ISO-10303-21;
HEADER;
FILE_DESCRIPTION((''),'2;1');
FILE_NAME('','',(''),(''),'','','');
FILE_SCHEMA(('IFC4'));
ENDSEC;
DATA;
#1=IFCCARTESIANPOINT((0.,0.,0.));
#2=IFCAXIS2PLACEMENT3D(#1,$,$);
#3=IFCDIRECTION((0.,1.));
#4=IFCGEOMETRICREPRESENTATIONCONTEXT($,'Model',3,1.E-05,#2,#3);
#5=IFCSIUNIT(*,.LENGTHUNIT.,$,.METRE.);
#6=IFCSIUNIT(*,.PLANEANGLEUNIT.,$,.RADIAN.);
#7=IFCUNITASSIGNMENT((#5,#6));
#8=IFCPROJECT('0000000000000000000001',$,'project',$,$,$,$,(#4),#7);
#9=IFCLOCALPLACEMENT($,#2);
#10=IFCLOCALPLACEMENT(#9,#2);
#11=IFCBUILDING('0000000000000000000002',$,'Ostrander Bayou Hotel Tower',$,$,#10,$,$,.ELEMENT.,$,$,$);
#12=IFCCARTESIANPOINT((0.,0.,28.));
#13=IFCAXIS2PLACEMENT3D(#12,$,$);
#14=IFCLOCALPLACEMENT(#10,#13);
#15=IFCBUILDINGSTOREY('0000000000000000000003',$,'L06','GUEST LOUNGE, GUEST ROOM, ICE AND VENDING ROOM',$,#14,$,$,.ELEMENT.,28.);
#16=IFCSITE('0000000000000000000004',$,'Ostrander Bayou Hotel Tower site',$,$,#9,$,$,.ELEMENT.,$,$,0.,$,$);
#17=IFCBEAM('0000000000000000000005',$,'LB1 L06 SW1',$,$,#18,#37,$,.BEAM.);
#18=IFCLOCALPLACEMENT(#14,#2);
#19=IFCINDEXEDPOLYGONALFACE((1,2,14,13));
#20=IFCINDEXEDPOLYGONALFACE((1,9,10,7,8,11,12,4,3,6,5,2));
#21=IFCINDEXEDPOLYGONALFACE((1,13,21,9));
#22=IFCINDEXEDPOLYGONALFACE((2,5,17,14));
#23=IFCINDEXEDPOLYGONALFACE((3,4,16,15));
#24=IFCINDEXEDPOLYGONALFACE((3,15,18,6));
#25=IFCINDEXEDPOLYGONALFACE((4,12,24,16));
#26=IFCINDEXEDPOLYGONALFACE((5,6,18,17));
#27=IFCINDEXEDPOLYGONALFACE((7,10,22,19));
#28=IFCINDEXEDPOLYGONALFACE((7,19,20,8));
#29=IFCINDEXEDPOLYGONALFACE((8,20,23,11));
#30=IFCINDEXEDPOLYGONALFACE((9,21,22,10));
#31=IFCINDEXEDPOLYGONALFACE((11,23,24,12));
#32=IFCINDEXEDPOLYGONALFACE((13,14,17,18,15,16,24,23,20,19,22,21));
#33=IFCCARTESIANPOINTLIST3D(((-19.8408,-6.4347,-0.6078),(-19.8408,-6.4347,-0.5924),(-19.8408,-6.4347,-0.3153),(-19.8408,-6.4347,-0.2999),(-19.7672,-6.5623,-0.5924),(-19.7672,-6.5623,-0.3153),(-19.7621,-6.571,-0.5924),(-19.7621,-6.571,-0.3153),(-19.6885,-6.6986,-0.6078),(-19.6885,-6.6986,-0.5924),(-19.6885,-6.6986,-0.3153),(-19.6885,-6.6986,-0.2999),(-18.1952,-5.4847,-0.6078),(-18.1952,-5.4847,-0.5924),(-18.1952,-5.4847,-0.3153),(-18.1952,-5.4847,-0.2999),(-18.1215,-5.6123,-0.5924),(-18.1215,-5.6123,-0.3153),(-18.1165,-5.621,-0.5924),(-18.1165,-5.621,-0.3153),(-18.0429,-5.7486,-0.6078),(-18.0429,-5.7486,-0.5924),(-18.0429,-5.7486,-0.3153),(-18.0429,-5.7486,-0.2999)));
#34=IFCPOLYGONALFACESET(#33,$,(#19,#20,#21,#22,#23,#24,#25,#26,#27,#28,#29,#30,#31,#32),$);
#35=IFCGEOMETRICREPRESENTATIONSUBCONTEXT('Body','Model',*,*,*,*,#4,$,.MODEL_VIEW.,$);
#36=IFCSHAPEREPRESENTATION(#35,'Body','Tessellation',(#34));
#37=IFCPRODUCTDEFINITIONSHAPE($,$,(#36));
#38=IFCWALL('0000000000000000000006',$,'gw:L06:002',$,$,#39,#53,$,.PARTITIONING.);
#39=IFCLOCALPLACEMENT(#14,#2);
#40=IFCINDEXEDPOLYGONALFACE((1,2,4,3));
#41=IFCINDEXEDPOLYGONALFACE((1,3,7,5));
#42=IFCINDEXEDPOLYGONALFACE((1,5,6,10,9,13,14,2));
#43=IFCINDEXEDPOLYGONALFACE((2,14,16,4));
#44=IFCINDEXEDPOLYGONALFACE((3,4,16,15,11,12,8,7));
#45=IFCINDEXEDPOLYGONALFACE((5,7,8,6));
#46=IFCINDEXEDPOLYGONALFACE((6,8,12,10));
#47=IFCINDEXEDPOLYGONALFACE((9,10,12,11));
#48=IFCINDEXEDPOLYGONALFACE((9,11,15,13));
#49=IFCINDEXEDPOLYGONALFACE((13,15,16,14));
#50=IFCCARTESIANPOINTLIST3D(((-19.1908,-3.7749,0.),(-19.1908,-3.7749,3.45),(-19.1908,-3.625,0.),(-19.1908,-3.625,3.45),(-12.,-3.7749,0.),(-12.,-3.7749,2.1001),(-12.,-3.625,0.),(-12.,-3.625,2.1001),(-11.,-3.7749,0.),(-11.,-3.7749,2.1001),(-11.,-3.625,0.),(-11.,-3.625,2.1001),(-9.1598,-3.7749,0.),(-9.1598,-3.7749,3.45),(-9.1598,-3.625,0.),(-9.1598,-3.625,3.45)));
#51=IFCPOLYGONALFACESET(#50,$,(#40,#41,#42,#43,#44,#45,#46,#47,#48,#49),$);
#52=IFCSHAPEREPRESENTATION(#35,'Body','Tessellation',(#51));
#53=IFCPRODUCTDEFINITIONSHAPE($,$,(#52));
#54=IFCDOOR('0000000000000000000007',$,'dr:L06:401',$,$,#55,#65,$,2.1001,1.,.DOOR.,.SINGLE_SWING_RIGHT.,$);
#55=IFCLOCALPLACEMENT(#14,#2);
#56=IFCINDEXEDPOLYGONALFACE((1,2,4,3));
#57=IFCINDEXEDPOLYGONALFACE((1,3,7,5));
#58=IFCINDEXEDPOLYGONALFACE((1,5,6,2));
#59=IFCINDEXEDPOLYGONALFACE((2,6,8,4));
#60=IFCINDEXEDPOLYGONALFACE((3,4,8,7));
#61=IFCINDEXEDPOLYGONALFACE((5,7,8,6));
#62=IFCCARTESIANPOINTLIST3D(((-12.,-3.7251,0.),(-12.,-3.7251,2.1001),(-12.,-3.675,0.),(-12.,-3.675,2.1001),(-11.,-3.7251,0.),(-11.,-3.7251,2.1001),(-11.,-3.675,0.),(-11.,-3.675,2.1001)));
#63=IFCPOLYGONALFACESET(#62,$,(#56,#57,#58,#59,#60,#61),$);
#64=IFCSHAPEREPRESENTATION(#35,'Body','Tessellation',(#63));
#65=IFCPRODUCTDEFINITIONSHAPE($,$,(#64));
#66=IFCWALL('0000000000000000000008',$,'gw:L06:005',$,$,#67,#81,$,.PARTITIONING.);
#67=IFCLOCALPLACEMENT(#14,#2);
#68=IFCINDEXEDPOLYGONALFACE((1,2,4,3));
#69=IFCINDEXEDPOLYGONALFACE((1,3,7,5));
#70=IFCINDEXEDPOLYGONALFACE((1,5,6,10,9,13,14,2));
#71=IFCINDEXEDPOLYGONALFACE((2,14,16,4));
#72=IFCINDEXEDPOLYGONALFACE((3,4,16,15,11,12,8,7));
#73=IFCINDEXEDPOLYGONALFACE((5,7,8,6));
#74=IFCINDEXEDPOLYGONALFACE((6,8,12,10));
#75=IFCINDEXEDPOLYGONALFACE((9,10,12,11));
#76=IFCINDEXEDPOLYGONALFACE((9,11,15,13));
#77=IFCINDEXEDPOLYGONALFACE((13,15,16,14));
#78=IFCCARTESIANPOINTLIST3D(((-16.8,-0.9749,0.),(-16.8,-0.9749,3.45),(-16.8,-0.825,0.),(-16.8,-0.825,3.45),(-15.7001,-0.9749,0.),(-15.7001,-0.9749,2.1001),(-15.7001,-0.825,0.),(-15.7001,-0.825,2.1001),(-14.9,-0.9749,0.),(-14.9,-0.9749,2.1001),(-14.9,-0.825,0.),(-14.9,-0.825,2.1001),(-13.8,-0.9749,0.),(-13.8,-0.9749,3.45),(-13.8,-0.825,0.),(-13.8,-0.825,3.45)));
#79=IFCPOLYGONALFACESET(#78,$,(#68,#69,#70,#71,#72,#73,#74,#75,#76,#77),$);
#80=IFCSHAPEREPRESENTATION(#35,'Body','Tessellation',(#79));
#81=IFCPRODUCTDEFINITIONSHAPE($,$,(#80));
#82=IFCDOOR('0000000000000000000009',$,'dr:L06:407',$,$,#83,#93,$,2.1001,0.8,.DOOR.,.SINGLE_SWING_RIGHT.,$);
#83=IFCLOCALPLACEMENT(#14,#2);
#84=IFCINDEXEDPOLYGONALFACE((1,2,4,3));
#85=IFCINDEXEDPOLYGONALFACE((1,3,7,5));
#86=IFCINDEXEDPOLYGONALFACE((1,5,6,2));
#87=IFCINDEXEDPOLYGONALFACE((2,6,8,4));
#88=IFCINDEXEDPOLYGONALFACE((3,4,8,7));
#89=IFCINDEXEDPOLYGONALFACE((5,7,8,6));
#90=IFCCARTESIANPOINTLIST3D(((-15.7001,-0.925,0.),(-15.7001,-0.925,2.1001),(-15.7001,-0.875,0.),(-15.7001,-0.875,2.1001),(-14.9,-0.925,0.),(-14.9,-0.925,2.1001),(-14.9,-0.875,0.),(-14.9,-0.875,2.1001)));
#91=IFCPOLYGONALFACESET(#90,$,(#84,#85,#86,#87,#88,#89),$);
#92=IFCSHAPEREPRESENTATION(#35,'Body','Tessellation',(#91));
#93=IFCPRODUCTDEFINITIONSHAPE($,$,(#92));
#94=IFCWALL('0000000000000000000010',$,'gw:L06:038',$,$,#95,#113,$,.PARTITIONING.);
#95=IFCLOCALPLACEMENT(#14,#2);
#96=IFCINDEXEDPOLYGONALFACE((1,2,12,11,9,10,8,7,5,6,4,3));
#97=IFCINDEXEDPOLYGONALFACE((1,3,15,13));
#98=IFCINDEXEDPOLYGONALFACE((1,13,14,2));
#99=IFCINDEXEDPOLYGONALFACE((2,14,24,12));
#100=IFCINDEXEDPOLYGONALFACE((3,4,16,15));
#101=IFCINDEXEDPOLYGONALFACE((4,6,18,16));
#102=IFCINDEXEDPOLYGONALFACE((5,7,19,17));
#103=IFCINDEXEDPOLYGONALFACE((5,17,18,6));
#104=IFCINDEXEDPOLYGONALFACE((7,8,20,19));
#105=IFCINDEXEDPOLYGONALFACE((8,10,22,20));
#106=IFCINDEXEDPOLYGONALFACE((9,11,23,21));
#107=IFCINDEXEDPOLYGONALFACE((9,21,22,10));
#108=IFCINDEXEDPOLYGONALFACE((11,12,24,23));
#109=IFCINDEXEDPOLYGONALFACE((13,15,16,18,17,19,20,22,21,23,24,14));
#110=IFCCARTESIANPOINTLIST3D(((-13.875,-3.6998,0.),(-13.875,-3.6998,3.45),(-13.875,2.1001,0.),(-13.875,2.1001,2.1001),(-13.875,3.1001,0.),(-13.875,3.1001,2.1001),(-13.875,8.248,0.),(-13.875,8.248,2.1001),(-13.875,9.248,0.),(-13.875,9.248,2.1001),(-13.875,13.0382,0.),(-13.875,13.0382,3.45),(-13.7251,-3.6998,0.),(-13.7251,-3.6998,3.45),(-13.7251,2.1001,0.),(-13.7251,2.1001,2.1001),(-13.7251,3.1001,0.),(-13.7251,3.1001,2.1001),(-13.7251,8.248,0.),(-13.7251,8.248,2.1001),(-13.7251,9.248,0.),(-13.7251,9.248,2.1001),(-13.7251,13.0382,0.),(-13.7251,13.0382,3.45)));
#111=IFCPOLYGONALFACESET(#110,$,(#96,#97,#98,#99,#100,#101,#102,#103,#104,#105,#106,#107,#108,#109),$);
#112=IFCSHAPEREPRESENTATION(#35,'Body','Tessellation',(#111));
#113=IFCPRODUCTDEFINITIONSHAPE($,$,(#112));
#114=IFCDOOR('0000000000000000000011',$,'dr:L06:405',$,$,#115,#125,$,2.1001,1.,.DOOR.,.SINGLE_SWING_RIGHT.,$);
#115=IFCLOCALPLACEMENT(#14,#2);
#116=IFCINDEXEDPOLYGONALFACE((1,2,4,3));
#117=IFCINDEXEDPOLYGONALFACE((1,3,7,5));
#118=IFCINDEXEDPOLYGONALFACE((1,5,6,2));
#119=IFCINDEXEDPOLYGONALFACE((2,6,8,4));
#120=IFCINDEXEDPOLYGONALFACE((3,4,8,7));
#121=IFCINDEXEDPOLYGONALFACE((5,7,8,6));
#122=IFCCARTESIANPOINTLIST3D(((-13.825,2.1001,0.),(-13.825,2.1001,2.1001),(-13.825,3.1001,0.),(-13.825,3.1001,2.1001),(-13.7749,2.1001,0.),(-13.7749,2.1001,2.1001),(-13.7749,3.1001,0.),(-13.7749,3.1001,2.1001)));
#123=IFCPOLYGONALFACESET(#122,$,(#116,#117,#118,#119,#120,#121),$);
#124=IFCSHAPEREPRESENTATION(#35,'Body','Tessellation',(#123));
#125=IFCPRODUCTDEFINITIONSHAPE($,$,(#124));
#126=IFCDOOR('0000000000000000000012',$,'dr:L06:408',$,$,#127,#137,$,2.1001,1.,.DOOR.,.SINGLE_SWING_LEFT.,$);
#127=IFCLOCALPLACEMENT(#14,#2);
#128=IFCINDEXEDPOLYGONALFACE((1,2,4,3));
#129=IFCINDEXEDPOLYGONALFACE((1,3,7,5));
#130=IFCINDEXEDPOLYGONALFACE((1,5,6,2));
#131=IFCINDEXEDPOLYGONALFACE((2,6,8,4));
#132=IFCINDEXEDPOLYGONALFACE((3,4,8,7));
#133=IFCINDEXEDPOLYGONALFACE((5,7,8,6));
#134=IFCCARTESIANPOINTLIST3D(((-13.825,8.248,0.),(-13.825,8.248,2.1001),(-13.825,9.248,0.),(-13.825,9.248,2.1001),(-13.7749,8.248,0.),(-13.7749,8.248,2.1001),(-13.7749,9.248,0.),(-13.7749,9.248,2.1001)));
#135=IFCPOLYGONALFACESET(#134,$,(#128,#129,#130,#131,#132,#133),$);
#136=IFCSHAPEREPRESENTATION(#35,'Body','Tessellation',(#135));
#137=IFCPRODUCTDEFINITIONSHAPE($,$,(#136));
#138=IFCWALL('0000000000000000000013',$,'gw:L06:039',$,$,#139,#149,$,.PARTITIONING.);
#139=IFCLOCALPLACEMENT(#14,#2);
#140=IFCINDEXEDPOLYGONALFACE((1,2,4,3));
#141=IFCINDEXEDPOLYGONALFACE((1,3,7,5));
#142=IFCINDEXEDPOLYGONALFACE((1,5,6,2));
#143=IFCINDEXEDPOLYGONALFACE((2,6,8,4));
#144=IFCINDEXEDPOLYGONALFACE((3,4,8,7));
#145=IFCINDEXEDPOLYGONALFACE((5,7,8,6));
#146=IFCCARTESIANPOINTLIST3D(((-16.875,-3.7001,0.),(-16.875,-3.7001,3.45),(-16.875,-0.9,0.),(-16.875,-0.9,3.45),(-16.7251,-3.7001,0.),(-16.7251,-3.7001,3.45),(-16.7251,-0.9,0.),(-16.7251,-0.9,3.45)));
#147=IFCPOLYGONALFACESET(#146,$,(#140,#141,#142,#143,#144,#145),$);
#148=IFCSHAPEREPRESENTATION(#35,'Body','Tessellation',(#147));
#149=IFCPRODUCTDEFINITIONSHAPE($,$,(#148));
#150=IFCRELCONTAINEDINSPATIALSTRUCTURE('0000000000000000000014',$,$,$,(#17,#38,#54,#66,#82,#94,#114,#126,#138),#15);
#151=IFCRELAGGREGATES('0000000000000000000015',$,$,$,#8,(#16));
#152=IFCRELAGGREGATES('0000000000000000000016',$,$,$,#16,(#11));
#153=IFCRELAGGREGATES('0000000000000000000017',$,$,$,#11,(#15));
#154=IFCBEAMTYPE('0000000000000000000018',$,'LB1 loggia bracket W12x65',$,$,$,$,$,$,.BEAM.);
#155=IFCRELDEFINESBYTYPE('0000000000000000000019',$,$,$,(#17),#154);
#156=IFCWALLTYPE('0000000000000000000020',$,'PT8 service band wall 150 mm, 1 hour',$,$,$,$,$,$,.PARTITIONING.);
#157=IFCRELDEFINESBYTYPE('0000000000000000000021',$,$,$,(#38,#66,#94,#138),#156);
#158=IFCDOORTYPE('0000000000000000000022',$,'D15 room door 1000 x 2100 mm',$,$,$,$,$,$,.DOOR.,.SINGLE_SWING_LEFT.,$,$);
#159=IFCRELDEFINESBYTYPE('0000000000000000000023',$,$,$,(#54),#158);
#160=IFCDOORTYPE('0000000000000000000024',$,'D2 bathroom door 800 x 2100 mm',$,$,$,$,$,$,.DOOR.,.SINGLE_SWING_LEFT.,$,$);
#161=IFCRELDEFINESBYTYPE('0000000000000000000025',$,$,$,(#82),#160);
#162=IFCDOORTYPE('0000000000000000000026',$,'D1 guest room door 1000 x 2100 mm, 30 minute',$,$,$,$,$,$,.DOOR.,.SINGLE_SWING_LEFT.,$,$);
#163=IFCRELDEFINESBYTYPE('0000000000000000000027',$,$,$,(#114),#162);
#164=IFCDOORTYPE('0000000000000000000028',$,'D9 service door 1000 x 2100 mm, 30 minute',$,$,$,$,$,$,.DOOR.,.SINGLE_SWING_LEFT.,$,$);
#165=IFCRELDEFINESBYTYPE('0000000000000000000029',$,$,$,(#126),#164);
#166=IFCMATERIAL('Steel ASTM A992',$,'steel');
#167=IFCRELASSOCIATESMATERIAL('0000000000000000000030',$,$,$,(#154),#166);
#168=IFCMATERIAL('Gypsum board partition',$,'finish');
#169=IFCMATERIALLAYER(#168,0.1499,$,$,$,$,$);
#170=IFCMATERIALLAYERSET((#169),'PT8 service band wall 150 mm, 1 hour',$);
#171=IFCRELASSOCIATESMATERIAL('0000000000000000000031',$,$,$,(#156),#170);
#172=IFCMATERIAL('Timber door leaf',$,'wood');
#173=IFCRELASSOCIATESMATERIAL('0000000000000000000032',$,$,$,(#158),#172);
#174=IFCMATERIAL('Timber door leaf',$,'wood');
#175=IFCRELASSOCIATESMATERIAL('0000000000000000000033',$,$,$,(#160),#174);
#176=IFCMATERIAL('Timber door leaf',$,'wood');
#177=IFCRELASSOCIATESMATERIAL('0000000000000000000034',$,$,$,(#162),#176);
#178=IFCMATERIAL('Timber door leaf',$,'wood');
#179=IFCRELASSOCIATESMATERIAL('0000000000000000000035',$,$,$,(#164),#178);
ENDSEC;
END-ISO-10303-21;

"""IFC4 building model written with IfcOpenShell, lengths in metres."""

from ifc_helpers import new_model, si_unit, direction, frame, frame_2d, origin, origin_2d, place, context, subcontext, project, spatial, rectangle, i_section, extrude, material, layer, layer_set, material_profile, profile_set, type_object, element, fill, save


model = new_model("IFC4")

# Units and contexts
model_context = context("Model", 3, precision=1e-05, world=origin(), true_north=direction((0.0, 1.0)))
body_context = subcontext(model_context, "Body", "Model", "MODEL_VIEW")
ifc_project = project(units=[si_unit("LENGTHUNIT", "METRE"), si_unit("PLANEANGLEUNIT", "RADIAN")], contexts=[model_context])

# Site, building, storey
site_placement = place(None, origin())
site = spatial("IfcSite", under=ifc_project, at=site_placement, Name="Ostrander Bayou Hotel Tower site", CompositionType="ELEMENT", RefElevation=0.0)
building_placement = place(site_placement, origin())
building = spatial("IfcBuilding", under=site, at=building_placement, Name="Ostrander Bayou Hotel Tower", CompositionType="ELEMENT")
storey_placement = place(building_placement, frame((0.0, 0.0, 28.0)))
storey = spatial("IfcBuildingStorey", under=building, at=storey_placement, Name="L06", Description="GUEST LOUNGE, GUEST ROOM, ICE AND VENDING ROOM", CompositionType="ELEMENT", Elevation=28.0)

# Beam
ifc_material_1 = material(Name="Steel ASTM A992", Category="steel")
ifc_material_profile = material_profile(ifc_material_1, i_section(OverallWidth=0.3047, OverallDepth=0.3079, WebThickness=0.01, FlangeThickness=0.0154, at=origin_2d()))
ifc_profile_set = profile_set([ifc_material_profile], Name="Steel ASTM A992")
beam_type = type_object("IfcBeamType", Name="LB1 loggia bracket W12x65", PredefinedType="BEAM", material=ifc_profile_set)
beam_placement = place(storey_placement, frame((-19.7646, -6.5667, -0.4539), z_axis=(0.866044, 0.499967, 0.0), x_axis=(-0.499967, 0.866044, 0.0)))
element("IfcBeam", 1, at=beam_placement, inside=storey, type_object=beam_type, Name="LB1 L06 SW1", PredefinedType="BEAM", context=body_context, shape_type="SweptSolid", body=[
    extrude(i_section(OverallWidth=0.3047, OverallDepth=0.3079, WebThickness=0.01, FlangeThickness=0.0154, at=origin_2d()), origin(), (0.0, 0.0, 1.0), 1.9001),
])

# Walls, openings, doors
ifc_material_2 = material(Name="Gypsum board partition", Category="finish")
ifc_layer_1 = layer(ifc_material_2, 0.1499)
ifc_layer_set_1 = layer_set([ifc_layer_1], Name="PT8 service band wall 150 mm, 1 hour")
wall_type_1 = type_object("IfcWallType", Name="PT8 service band wall 150 mm, 1 hour", PredefinedType="PARTITIONING", material=ifc_layer_set_1)
wall_1_placement = place(storey_placement, frame((-19.1909, -3.7, 0.0), z_axis=(0.0, 0.0, 1.0), x_axis=(1.0, 0.0, 0.0)))
wall_1 = element("IfcWall", 2, at=wall_1_placement, inside=storey, type_object=wall_type_1, Name="gw:L06:002", PredefinedType="PARTITIONING", context=body_context, shape_type="SweptSolid", body=[
    extrude(rectangle(XDim=10.031, YDim=0.1499, at=frame_2d((5.0156, 0.0))), origin(), (0.0, 0.0, 1.0), 3.45),
])
opening_1_placement = place(wall_1_placement, frame((7.1909, 0.0, 0.0)))
opening_1 = element("IfcOpeningElement", 3, at=opening_1_placement, cuts=wall_1, PredefinedType="OPENING", context=body_context, shape_type="SweptSolid", body=[
    extrude(rectangle(XDim=1.0, YDim=2.1001, at=frame_2d((0.5, 1.05))), frame((0.0, 0.075, 0.0), z_axis=(0.0, -1.0, 0.0), x_axis=(1.0, 0.0, 0.0)), (0.0, 0.0, 1.0), 0.1499),
])
ifc_material_3 = material(Name="Timber door leaf", Category="wood")
door_type_1 = type_object("IfcDoorType", Name="D15 room door 1000 x 2100 mm", OperationType="SINGLE_SWING_LEFT", PredefinedType="DOOR", material=ifc_material_3)
door_1_placement = place(opening_1_placement, origin())
door_1 = element("IfcDoor", 4, at=door_1_placement, inside=storey, type_object=door_type_1, Name="dr:L06:401", OperationType="SINGLE_SWING_RIGHT", OverallHeight=2.1001, OverallWidth=1.0, PredefinedType="DOOR", context=body_context, shape_type="SweptSolid", body=[
    extrude(rectangle(XDim=1.0, YDim=2.1001, at=frame_2d((0.5, 1.05))), frame((0.0, 0.0249, 0.0), z_axis=(0.0, -1.0, 0.0), x_axis=(1.0, 0.0, 0.0)), (0.0, 0.0, 1.0), 0.05),
])
fill(opening_1, door_1)
wall_2_placement = place(storey_placement, frame((-16.8, -0.8999, 0.0), z_axis=(0.0, 0.0, 1.0), x_axis=(1.0, 0.0, 0.0)))
wall_2 = element("IfcWall", 5, at=wall_2_placement, inside=storey, type_object=wall_type_1, Name="gw:L06:005", PredefinedType="PARTITIONING", context=body_context, shape_type="SweptSolid", body=[
    extrude(rectangle(XDim=3.0, YDim=0.1499, at=frame_2d((1.5, 0.0))), origin(), (0.0, 0.0, 1.0), 3.45),
])
opening_2_placement = place(wall_2_placement, frame((1.1001, 0.0, 0.0)))
opening_2 = element("IfcOpeningElement", 6, at=opening_2_placement, cuts=wall_2, PredefinedType="OPENING", context=body_context, shape_type="SweptSolid", body=[
    extrude(rectangle(XDim=0.8, YDim=2.1001, at=frame_2d((0.3999, 1.05))), frame((0.0, 0.075, 0.0), z_axis=(0.0, -1.0, 0.0), x_axis=(1.0, 0.0, 0.0)), (0.0, 0.0, 1.0), 0.1499),
])
ifc_material_4 = material(Name="Timber door leaf", Category="wood")
door_type_2 = type_object("IfcDoorType", Name="D2 bathroom door 800 x 2100 mm", OperationType="SINGLE_SWING_LEFT", PredefinedType="DOOR", material=ifc_material_4)
door_2_placement = place(opening_2_placement, origin())
door_2 = element("IfcDoor", 7, at=door_2_placement, inside=storey, type_object=door_type_2, Name="dr:L06:407", OperationType="SINGLE_SWING_RIGHT", OverallHeight=2.1001, OverallWidth=0.8, PredefinedType="DOOR", context=body_context, shape_type="SweptSolid", body=[
    extrude(rectangle(XDim=0.8, YDim=2.1001, at=frame_2d((0.3999, 1.05))), frame((0.0, 0.0249, 0.0), z_axis=(0.0, -1.0, 0.0), x_axis=(1.0, 0.0, 0.0)), (0.0, 0.0, 1.0), 0.05),
])
fill(opening_2, door_2)

# Wall, openings, doors
wall_3_placement = place(storey_placement, frame((-13.8, -3.7, 0.0), z_axis=(0.0, 0.0, 1.0), x_axis=(0.0, 1.0, 0.0)))
wall_3 = element("IfcWall", 8, at=wall_3_placement, inside=storey, type_object=wall_type_1, Name="gw:L06:038", PredefinedType="PARTITIONING", context=body_context, shape_type="SweptSolid", body=[
    extrude(rectangle(XDim=16.738, YDim=0.1499, at=frame_2d((8.3691, 0.0))), origin(), (0.0, 0.0, 1.0), 3.45),
])
opening_3_placement = place(wall_3_placement, frame((5.8, 0.0, 0.0)))
opening_3 = element("IfcOpeningElement", 9, at=opening_3_placement, cuts=wall_3, PredefinedType="OPENING", context=body_context, shape_type="SweptSolid", body=[
    extrude(rectangle(XDim=1.0, YDim=2.1001, at=frame_2d((0.5, 1.05))), frame((0.0, 0.075, 0.0), z_axis=(0.0, -1.0, 0.0), x_axis=(1.0, 0.0, 0.0)), (0.0, 0.0, 1.0), 0.1499),
])
opening_4_placement = place(wall_3_placement, frame((11.948, 0.0, 0.0)))
opening_4 = element("IfcOpeningElement", 10, at=opening_4_placement, cuts=wall_3, PredefinedType="OPENING", context=body_context, shape_type="SweptSolid", body=[
    extrude(rectangle(XDim=1.0, YDim=2.1001, at=frame_2d((0.5, 1.05))), frame((0.0, 0.075, 0.0), z_axis=(0.0, -1.0, 0.0), x_axis=(1.0, 0.0, 0.0)), (0.0, 0.0, 1.0), 0.1499),
])
ifc_material_5 = material(Name="Timber door leaf", Category="wood")
door_type_3 = type_object("IfcDoorType", Name="D1 guest room door 1000 x 2100 mm, 30 minute", OperationType="SINGLE_SWING_LEFT", PredefinedType="DOOR", material=ifc_material_5)
door_3_placement = place(opening_3_placement, origin())
door_3 = element("IfcDoor", 11, at=door_3_placement, inside=storey, type_object=door_type_3, Name="dr:L06:405", OperationType="SINGLE_SWING_RIGHT", OverallHeight=2.1001, OverallWidth=1.0, PredefinedType="DOOR", context=body_context, shape_type="SweptSolid", body=[
    extrude(rectangle(XDim=1.0, YDim=2.1001, at=frame_2d((0.5, 1.05))), frame((0.0, 0.0249, 0.0), z_axis=(0.0, -1.0, 0.0), x_axis=(1.0, 0.0, 0.0)), (0.0, 0.0, 1.0), 0.05),
])
fill(opening_3, door_3)
ifc_material_6 = material(Name="Timber door leaf", Category="wood")
door_type_4 = type_object("IfcDoorType", Name="D9 service door 1000 x 2100 mm, 30 minute", OperationType="SINGLE_SWING_LEFT", PredefinedType="DOOR", material=ifc_material_6)
door_4_placement = place(opening_4_placement, origin())
door_4 = element("IfcDoor", 12, at=door_4_placement, inside=storey, type_object=door_type_4, Name="dr:L06:408", OperationType="SINGLE_SWING_LEFT", OverallHeight=2.1001, OverallWidth=1.0, PredefinedType="DOOR", context=body_context, shape_type="SweptSolid", body=[
    extrude(rectangle(XDim=1.0, YDim=2.1001, at=frame_2d((0.5, 1.05))), frame((0.0, 0.0249, 0.0), z_axis=(0.0, -1.0, 0.0), x_axis=(1.0, 0.0, 0.0)), (0.0, 0.0, 1.0), 0.05),
])
fill(opening_4, door_4)

# Wall
wall_4_placement = place(storey_placement, frame((-16.8, -3.7, 0.0), z_axis=(0.0, 0.0, 1.0), x_axis=(0.0, 1.0, 0.0)))
element("IfcWall", 13, at=wall_4_placement, inside=storey, type_object=wall_type_1, Name="gw:L06:039", PredefinedType="PARTITIONING", context=body_context, shape_type="SweptSolid", body=[
    extrude(rectangle(XDim=2.8, YDim=0.1499, at=frame_2d((1.3999, 0.0))), origin(), (0.0, 0.0, 1.0), 3.45),
])

save(model, "model.ifc")
